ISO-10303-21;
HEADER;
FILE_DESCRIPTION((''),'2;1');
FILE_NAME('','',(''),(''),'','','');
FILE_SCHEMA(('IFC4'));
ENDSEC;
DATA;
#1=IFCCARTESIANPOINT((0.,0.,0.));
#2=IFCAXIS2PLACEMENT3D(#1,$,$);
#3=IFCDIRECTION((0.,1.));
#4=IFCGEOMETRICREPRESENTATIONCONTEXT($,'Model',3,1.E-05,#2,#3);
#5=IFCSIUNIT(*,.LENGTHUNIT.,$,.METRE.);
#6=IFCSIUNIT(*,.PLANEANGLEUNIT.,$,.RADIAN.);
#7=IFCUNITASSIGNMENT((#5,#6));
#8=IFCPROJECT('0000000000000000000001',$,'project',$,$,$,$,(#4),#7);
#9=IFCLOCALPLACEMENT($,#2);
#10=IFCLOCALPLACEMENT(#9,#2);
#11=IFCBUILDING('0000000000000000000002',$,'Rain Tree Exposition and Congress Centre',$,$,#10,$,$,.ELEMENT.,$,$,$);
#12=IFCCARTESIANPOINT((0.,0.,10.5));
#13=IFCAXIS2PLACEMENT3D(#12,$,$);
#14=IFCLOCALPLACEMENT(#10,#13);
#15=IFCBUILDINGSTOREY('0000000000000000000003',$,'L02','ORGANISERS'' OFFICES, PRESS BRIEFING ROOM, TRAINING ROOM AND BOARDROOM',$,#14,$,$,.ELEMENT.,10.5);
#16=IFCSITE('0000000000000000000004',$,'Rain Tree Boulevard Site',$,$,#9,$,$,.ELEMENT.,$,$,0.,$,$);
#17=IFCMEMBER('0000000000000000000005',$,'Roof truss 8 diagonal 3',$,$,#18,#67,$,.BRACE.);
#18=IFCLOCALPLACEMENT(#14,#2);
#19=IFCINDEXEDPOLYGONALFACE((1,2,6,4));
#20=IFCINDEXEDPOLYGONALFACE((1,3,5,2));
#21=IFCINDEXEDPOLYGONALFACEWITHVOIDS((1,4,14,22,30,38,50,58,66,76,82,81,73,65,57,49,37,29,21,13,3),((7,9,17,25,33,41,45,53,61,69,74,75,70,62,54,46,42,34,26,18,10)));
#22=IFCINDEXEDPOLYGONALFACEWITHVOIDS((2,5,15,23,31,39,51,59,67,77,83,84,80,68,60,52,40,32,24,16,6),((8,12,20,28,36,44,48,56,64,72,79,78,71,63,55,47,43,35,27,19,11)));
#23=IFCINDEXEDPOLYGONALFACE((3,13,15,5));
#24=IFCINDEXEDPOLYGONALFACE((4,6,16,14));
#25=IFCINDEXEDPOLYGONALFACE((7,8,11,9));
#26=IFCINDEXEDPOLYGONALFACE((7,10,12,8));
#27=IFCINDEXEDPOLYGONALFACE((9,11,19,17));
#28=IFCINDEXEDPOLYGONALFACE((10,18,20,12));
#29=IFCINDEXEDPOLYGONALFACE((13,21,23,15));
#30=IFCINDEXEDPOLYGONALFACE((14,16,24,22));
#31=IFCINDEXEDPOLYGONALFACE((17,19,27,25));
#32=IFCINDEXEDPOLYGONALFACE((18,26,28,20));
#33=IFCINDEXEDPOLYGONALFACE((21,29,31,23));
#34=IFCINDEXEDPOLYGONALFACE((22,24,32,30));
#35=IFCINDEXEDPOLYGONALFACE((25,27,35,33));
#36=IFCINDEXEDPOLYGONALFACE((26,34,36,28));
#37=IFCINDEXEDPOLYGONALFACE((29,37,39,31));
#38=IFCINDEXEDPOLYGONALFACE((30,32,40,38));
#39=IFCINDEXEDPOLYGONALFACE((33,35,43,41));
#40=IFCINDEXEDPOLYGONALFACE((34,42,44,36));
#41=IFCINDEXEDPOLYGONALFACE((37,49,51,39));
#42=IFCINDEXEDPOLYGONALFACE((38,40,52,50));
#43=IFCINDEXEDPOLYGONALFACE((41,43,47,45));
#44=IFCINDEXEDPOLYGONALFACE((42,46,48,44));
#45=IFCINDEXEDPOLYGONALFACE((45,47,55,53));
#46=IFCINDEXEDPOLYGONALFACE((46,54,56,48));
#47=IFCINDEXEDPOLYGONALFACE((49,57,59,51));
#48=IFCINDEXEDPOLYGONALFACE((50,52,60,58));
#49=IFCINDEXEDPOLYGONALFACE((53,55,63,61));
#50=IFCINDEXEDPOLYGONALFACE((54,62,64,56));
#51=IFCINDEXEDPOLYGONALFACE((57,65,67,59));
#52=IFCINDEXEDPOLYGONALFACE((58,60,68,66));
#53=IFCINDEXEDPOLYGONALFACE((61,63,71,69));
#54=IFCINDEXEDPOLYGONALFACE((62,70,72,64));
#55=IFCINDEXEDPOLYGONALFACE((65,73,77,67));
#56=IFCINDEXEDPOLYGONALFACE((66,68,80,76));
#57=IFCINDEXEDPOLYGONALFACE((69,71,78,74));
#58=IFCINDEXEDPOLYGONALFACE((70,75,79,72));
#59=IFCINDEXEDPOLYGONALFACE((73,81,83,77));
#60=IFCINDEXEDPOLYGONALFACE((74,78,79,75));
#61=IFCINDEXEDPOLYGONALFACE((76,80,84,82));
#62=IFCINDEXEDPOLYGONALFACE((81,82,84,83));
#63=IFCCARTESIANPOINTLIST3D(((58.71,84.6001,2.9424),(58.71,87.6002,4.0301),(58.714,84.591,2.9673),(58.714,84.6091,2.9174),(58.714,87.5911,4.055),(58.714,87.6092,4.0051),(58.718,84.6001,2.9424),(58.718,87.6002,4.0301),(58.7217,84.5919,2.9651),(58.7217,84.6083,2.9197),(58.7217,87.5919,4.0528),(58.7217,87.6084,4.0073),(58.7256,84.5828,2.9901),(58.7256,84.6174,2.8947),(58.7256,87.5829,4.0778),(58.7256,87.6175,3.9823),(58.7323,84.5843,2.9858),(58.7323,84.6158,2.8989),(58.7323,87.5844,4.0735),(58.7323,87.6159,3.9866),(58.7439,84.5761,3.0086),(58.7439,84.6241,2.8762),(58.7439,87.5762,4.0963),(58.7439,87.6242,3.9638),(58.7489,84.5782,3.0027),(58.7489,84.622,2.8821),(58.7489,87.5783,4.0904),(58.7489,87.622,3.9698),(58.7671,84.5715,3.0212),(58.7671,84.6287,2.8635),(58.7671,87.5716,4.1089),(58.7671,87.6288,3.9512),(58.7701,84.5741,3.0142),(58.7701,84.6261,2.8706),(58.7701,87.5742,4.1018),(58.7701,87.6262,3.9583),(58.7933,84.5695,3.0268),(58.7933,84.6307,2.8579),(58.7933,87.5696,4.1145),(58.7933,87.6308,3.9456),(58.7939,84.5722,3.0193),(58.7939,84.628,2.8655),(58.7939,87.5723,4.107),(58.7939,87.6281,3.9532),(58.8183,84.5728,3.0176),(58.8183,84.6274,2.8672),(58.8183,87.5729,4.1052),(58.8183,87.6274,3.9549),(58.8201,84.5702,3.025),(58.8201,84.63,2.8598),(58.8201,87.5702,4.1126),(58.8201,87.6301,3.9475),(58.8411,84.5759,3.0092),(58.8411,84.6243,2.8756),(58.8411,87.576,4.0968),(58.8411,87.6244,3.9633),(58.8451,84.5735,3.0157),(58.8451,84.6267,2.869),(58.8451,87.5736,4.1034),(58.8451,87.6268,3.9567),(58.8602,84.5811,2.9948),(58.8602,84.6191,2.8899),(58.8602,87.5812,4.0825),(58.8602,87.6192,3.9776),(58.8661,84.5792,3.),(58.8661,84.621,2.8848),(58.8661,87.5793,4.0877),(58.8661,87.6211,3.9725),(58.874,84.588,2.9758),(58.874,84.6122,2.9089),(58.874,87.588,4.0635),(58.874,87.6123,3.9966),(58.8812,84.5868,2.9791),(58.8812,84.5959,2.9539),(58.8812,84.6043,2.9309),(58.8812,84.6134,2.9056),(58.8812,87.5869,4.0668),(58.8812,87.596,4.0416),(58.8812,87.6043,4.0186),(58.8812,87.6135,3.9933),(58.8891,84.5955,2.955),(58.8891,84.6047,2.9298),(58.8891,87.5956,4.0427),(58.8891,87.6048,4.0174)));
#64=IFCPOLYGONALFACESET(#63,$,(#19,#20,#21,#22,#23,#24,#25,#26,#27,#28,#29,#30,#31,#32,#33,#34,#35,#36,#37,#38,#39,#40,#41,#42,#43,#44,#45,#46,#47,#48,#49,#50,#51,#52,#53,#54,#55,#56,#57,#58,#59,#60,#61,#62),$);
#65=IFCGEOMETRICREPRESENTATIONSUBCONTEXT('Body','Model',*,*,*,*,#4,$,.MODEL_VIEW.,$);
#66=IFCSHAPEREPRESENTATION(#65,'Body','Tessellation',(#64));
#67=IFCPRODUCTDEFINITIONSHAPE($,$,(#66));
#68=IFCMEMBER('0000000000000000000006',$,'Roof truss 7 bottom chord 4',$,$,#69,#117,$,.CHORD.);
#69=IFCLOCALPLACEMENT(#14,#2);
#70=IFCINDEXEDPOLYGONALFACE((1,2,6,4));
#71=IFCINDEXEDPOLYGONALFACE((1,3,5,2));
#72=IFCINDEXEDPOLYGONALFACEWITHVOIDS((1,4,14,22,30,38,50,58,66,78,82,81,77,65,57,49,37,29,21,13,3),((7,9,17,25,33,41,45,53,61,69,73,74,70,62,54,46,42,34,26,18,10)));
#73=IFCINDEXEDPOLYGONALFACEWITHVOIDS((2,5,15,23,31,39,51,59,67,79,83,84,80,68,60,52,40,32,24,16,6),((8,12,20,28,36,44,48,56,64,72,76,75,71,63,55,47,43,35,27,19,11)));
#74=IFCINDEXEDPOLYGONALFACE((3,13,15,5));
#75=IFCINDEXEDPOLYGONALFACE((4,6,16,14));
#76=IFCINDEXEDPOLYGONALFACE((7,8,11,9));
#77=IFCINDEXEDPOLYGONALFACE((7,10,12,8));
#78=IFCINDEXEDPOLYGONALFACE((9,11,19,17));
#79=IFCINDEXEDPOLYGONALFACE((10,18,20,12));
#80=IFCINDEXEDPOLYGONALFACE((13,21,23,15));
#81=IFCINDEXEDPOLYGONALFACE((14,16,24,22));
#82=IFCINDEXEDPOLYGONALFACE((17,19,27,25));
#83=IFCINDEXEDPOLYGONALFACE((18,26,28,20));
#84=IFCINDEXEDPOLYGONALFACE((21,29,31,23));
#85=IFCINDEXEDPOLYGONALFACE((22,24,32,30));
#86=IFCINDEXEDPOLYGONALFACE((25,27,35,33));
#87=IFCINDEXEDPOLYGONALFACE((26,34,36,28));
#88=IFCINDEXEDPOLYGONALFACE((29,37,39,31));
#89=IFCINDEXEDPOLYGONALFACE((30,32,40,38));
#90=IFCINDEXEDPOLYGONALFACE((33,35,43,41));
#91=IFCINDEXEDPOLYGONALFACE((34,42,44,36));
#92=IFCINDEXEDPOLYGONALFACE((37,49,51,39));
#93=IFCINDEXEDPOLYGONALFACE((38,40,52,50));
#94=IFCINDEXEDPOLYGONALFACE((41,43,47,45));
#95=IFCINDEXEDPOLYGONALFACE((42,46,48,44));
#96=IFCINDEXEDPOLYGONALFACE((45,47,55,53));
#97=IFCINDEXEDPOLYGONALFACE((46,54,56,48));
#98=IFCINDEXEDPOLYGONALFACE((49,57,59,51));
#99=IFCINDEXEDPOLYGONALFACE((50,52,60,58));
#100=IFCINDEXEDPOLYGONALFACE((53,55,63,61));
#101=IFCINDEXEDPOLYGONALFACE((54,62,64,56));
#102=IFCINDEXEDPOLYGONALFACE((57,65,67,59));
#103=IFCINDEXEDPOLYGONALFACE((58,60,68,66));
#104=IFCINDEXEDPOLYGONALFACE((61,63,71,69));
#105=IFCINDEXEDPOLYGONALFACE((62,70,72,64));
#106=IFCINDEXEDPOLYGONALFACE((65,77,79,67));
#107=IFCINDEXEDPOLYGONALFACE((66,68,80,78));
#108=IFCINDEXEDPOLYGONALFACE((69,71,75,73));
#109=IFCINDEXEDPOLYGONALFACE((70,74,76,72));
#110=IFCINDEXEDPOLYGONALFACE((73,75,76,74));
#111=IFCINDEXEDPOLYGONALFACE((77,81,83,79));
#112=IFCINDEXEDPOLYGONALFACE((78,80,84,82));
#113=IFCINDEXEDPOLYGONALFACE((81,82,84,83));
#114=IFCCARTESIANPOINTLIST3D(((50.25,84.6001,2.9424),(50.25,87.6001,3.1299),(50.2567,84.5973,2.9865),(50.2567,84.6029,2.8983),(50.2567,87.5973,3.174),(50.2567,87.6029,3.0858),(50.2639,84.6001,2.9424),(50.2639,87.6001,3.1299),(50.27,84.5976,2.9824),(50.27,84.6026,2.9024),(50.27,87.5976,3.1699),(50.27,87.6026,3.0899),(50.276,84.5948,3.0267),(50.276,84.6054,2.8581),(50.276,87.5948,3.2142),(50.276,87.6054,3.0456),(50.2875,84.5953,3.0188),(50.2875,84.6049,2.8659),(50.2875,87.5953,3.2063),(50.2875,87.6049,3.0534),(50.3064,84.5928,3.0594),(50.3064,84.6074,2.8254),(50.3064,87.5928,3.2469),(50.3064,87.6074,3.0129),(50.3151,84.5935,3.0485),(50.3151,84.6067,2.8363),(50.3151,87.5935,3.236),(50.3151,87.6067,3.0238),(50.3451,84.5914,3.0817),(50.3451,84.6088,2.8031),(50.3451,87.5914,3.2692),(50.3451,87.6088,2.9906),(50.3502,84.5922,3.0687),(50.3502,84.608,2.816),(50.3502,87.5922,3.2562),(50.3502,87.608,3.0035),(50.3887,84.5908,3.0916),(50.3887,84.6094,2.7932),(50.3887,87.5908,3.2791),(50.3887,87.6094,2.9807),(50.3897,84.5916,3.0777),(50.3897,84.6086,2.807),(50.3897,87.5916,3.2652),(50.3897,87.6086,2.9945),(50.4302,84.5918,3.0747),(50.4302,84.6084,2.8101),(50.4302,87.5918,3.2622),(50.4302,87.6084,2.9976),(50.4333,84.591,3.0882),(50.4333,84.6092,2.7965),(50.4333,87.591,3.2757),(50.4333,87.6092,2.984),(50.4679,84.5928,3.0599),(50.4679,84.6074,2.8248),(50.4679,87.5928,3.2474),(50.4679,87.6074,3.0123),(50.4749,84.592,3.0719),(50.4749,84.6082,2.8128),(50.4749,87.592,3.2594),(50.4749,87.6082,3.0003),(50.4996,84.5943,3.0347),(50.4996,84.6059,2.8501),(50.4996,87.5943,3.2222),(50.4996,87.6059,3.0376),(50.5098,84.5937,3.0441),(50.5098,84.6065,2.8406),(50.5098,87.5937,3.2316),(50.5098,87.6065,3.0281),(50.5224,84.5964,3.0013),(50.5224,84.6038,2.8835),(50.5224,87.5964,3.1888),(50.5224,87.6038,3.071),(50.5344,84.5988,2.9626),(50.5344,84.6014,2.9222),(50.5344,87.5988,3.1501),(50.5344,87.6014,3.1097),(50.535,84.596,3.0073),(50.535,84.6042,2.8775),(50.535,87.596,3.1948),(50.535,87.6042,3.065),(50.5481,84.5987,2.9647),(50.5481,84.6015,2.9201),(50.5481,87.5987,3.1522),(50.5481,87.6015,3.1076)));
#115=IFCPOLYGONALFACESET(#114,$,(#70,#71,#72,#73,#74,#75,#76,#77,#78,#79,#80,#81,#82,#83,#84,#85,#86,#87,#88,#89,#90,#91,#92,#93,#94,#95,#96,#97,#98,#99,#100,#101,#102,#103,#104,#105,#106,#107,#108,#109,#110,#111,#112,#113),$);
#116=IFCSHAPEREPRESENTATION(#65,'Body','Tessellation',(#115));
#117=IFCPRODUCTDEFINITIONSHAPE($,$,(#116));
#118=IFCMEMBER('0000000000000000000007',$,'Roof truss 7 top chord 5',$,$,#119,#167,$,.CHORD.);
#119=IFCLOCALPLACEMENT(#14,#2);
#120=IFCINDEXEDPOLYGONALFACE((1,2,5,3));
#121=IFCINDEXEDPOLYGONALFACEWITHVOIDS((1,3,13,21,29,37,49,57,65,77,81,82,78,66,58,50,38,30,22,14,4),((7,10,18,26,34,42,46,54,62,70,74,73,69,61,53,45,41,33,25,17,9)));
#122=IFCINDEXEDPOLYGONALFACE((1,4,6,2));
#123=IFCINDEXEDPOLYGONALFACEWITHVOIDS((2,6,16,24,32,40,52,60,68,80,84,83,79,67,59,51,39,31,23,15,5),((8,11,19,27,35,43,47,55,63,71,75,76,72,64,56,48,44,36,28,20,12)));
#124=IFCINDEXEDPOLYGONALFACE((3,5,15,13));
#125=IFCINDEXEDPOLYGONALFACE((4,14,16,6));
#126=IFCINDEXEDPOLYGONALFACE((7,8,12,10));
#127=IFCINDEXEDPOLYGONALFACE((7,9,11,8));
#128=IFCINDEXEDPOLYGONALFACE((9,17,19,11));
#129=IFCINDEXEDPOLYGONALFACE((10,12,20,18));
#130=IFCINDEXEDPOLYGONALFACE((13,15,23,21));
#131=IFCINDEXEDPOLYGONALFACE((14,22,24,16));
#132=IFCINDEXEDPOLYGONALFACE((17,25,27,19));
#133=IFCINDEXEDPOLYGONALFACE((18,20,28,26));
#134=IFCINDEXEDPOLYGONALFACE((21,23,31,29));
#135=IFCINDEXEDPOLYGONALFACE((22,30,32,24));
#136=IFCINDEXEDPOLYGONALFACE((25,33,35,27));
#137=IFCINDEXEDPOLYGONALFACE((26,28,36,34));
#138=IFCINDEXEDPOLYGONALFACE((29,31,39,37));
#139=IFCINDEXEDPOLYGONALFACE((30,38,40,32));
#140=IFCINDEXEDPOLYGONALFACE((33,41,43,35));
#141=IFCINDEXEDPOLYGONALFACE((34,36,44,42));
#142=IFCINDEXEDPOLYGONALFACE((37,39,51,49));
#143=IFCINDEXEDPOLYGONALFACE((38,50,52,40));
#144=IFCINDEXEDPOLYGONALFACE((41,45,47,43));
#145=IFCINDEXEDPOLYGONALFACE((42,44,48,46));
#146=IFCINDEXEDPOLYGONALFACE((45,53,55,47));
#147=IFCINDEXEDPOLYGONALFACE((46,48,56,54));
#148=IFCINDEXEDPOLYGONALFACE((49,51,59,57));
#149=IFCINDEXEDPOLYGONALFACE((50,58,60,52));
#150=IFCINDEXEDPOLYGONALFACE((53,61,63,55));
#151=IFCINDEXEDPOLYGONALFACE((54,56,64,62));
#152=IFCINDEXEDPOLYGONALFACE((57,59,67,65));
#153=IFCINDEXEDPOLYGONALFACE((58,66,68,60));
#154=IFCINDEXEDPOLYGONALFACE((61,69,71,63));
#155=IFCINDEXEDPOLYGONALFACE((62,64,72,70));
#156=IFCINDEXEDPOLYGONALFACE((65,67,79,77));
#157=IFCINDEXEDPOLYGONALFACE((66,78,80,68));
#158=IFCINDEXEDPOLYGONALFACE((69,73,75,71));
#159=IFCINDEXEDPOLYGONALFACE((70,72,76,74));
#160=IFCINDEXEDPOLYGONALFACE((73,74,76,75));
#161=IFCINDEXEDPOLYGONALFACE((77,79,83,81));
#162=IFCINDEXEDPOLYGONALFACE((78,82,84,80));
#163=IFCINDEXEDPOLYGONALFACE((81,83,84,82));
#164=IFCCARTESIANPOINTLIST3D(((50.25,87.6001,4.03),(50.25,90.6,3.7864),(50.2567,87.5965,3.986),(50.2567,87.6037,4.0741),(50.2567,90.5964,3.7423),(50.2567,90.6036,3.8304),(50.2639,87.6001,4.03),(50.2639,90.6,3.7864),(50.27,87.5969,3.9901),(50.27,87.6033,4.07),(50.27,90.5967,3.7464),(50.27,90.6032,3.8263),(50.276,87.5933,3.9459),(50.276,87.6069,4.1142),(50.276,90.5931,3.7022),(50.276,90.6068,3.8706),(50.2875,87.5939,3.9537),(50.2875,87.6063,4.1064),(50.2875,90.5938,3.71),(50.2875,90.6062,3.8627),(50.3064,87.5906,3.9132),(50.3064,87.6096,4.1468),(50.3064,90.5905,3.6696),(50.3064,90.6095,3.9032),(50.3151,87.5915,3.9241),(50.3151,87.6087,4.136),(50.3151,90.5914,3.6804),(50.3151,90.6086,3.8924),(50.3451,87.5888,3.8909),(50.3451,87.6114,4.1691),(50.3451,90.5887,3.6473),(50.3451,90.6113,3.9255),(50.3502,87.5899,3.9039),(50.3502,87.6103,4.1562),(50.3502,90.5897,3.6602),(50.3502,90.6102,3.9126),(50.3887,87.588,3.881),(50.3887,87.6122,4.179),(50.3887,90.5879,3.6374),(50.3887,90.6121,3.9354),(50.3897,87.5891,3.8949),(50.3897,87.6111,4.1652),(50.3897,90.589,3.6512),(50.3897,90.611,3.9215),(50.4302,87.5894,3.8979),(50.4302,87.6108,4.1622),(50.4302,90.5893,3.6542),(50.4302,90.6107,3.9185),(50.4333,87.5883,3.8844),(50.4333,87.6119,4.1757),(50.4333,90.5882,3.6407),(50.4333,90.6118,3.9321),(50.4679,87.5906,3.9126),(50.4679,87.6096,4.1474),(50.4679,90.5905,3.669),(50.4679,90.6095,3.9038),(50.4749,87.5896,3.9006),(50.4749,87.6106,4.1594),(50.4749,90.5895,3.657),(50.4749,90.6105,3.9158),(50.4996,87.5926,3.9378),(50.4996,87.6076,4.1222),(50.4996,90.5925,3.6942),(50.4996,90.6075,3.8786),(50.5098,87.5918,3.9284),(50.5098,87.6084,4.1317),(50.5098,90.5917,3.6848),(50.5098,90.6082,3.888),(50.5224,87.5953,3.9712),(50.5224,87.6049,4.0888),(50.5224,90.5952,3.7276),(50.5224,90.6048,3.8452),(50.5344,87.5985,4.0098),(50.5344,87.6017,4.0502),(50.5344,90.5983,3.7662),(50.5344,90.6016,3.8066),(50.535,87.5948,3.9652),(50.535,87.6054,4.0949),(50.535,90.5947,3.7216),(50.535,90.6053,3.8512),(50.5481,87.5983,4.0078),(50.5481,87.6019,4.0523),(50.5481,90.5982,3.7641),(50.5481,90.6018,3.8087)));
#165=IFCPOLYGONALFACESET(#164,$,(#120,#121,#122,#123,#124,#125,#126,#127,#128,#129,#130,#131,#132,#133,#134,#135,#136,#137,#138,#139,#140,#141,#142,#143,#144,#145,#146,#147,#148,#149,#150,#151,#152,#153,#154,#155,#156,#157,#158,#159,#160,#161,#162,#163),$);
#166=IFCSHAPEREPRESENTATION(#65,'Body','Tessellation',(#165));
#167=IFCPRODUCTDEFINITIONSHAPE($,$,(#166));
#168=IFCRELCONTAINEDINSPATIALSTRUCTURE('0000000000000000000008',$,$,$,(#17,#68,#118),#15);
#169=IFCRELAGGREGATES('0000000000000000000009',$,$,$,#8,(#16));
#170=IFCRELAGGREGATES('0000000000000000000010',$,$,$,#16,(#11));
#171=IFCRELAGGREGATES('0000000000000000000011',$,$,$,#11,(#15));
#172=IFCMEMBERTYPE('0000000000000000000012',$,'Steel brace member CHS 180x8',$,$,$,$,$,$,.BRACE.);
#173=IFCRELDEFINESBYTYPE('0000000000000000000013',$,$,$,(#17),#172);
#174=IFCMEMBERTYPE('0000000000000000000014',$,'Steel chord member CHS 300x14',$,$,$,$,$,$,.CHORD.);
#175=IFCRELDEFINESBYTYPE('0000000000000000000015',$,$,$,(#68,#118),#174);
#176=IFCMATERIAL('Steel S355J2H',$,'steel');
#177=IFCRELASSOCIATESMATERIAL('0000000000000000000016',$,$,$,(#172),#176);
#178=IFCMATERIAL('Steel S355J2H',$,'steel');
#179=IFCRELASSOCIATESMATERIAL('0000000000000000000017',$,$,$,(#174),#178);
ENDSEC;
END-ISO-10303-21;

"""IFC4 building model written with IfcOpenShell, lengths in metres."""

from ifc_helpers import new_model, si_unit, direction, frame, origin, origin_2d, place, context, subcontext, project, spatial, hollow_circle, extrude, material, material_profile, profile_set, type_object, element, save


model = new_model("IFC4")

# Units and contexts
model_context = context("Model", 3, precision=1e-05, world=origin(), true_north=direction((0.0, 1.0)))
body_context = subcontext(model_context, "Body", "Model", "MODEL_VIEW")
ifc_project = project(units=[si_unit("LENGTHUNIT", "METRE"), si_unit("PLANEANGLEUNIT", "RADIAN")], contexts=[model_context])

# Site, building, storey
site_placement = place(None, origin())
site = spatial("IfcSite", under=ifc_project, at=site_placement, Name="Rain Tree Boulevard Site", CompositionType="ELEMENT", RefElevation=0.0)
building_placement = place(site_placement, origin())
building = spatial("IfcBuilding", under=site, at=building_placement, Name="Rain Tree Exposition and Congress Centre", CompositionType="ELEMENT")
storey_placement = place(building_placement, frame((0.0, 0.0, 10.5)))
storey = spatial("IfcBuildingStorey", under=building, at=storey_placement, Name="L02", Description="ORGANISERS' OFFICES, PRESS BRIEFING ROOM, TRAINING ROOM AND BOARDROOM", CompositionType="ELEMENT", Elevation=10.5)

# Members
ifc_material_1 = material(Name="Steel S355J2H", Category="steel")
ifc_material_profile_1 = material_profile(ifc_material_1, hollow_circle(Radius=0.0901, WallThickness=0.0081, at=origin_2d()), Name="CHS 180x8")
ifc_profile_set_1 = profile_set([ifc_material_profile_1], Name="Steel S355J2H")
member_type_1 = type_object("IfcMemberType", Name="Steel brace member CHS 180x8", PredefinedType="BRACE", material=ifc_profile_set_1)
member_1_placement = place(storey_placement, frame((58.8, 84.6001, 2.9424), z_axis=(0.0, 0.940121, 0.34084), x_axis=(-1.0, 0.0, 0.0)))
element("IfcMember", 1, at=member_1_placement, inside=storey, type_object=member_type_1, Name="Roof truss 8 diagonal 3", PredefinedType="BRACE", context=body_context, shape_type="SweptSolid", body=[
    extrude(hollow_circle(Radius=0.0901, WallThickness=0.0081, at=origin_2d()), origin(), (0.0, 0.0, 1.0), 3.1912),
])
ifc_material_2 = material(Name="Steel S355J2H", Category="steel")
ifc_material_profile_2 = material_profile(ifc_material_2, hollow_circle(Radius=0.1499, WallThickness=0.0139, at=origin_2d()), Name="CHS 300x14")
ifc_profile_set_2 = profile_set([ifc_material_profile_2], Name="Steel S355J2H")
member_type_2 = type_object("IfcMemberType", Name="Steel chord member CHS 300x14", PredefinedType="CHORD", material=ifc_profile_set_2)
member_2_placement = place(storey_placement, frame((50.3999, 84.6001, 2.9424), z_axis=(0.0, 0.998053, 0.062378), x_axis=(-1.0, 0.0, 0.0)))
element("IfcMember", 2, at=member_2_placement, inside=storey, type_object=member_type_2, Name="Roof truss 7 bottom chord 4", PredefinedType="CHORD", context=body_context, shape_type="SweptSolid", body=[
    extrude(hollow_circle(Radius=0.1499, WallThickness=0.0139, at=origin_2d()), origin(), (0.0, 0.0, 1.0), 3.0059),
])
member_3_placement = place(storey_placement, frame((50.3999, 87.6001, 4.03), z_axis=(0.0, 0.996718, -0.080951), x_axis=(-1.0, 0.0, 0.0)))
element("IfcMember", 3, at=member_3_placement, inside=storey, type_object=member_type_2, Name="Roof truss 7 top chord 5", PredefinedType="CHORD", context=body_context, shape_type="SweptSolid", body=[
    extrude(hollow_circle(Radius=0.1499, WallThickness=0.0139, at=origin_2d()), origin(), (0.0, 0.0, 1.0), 3.0098),
])

save(model, "model.ifc")
